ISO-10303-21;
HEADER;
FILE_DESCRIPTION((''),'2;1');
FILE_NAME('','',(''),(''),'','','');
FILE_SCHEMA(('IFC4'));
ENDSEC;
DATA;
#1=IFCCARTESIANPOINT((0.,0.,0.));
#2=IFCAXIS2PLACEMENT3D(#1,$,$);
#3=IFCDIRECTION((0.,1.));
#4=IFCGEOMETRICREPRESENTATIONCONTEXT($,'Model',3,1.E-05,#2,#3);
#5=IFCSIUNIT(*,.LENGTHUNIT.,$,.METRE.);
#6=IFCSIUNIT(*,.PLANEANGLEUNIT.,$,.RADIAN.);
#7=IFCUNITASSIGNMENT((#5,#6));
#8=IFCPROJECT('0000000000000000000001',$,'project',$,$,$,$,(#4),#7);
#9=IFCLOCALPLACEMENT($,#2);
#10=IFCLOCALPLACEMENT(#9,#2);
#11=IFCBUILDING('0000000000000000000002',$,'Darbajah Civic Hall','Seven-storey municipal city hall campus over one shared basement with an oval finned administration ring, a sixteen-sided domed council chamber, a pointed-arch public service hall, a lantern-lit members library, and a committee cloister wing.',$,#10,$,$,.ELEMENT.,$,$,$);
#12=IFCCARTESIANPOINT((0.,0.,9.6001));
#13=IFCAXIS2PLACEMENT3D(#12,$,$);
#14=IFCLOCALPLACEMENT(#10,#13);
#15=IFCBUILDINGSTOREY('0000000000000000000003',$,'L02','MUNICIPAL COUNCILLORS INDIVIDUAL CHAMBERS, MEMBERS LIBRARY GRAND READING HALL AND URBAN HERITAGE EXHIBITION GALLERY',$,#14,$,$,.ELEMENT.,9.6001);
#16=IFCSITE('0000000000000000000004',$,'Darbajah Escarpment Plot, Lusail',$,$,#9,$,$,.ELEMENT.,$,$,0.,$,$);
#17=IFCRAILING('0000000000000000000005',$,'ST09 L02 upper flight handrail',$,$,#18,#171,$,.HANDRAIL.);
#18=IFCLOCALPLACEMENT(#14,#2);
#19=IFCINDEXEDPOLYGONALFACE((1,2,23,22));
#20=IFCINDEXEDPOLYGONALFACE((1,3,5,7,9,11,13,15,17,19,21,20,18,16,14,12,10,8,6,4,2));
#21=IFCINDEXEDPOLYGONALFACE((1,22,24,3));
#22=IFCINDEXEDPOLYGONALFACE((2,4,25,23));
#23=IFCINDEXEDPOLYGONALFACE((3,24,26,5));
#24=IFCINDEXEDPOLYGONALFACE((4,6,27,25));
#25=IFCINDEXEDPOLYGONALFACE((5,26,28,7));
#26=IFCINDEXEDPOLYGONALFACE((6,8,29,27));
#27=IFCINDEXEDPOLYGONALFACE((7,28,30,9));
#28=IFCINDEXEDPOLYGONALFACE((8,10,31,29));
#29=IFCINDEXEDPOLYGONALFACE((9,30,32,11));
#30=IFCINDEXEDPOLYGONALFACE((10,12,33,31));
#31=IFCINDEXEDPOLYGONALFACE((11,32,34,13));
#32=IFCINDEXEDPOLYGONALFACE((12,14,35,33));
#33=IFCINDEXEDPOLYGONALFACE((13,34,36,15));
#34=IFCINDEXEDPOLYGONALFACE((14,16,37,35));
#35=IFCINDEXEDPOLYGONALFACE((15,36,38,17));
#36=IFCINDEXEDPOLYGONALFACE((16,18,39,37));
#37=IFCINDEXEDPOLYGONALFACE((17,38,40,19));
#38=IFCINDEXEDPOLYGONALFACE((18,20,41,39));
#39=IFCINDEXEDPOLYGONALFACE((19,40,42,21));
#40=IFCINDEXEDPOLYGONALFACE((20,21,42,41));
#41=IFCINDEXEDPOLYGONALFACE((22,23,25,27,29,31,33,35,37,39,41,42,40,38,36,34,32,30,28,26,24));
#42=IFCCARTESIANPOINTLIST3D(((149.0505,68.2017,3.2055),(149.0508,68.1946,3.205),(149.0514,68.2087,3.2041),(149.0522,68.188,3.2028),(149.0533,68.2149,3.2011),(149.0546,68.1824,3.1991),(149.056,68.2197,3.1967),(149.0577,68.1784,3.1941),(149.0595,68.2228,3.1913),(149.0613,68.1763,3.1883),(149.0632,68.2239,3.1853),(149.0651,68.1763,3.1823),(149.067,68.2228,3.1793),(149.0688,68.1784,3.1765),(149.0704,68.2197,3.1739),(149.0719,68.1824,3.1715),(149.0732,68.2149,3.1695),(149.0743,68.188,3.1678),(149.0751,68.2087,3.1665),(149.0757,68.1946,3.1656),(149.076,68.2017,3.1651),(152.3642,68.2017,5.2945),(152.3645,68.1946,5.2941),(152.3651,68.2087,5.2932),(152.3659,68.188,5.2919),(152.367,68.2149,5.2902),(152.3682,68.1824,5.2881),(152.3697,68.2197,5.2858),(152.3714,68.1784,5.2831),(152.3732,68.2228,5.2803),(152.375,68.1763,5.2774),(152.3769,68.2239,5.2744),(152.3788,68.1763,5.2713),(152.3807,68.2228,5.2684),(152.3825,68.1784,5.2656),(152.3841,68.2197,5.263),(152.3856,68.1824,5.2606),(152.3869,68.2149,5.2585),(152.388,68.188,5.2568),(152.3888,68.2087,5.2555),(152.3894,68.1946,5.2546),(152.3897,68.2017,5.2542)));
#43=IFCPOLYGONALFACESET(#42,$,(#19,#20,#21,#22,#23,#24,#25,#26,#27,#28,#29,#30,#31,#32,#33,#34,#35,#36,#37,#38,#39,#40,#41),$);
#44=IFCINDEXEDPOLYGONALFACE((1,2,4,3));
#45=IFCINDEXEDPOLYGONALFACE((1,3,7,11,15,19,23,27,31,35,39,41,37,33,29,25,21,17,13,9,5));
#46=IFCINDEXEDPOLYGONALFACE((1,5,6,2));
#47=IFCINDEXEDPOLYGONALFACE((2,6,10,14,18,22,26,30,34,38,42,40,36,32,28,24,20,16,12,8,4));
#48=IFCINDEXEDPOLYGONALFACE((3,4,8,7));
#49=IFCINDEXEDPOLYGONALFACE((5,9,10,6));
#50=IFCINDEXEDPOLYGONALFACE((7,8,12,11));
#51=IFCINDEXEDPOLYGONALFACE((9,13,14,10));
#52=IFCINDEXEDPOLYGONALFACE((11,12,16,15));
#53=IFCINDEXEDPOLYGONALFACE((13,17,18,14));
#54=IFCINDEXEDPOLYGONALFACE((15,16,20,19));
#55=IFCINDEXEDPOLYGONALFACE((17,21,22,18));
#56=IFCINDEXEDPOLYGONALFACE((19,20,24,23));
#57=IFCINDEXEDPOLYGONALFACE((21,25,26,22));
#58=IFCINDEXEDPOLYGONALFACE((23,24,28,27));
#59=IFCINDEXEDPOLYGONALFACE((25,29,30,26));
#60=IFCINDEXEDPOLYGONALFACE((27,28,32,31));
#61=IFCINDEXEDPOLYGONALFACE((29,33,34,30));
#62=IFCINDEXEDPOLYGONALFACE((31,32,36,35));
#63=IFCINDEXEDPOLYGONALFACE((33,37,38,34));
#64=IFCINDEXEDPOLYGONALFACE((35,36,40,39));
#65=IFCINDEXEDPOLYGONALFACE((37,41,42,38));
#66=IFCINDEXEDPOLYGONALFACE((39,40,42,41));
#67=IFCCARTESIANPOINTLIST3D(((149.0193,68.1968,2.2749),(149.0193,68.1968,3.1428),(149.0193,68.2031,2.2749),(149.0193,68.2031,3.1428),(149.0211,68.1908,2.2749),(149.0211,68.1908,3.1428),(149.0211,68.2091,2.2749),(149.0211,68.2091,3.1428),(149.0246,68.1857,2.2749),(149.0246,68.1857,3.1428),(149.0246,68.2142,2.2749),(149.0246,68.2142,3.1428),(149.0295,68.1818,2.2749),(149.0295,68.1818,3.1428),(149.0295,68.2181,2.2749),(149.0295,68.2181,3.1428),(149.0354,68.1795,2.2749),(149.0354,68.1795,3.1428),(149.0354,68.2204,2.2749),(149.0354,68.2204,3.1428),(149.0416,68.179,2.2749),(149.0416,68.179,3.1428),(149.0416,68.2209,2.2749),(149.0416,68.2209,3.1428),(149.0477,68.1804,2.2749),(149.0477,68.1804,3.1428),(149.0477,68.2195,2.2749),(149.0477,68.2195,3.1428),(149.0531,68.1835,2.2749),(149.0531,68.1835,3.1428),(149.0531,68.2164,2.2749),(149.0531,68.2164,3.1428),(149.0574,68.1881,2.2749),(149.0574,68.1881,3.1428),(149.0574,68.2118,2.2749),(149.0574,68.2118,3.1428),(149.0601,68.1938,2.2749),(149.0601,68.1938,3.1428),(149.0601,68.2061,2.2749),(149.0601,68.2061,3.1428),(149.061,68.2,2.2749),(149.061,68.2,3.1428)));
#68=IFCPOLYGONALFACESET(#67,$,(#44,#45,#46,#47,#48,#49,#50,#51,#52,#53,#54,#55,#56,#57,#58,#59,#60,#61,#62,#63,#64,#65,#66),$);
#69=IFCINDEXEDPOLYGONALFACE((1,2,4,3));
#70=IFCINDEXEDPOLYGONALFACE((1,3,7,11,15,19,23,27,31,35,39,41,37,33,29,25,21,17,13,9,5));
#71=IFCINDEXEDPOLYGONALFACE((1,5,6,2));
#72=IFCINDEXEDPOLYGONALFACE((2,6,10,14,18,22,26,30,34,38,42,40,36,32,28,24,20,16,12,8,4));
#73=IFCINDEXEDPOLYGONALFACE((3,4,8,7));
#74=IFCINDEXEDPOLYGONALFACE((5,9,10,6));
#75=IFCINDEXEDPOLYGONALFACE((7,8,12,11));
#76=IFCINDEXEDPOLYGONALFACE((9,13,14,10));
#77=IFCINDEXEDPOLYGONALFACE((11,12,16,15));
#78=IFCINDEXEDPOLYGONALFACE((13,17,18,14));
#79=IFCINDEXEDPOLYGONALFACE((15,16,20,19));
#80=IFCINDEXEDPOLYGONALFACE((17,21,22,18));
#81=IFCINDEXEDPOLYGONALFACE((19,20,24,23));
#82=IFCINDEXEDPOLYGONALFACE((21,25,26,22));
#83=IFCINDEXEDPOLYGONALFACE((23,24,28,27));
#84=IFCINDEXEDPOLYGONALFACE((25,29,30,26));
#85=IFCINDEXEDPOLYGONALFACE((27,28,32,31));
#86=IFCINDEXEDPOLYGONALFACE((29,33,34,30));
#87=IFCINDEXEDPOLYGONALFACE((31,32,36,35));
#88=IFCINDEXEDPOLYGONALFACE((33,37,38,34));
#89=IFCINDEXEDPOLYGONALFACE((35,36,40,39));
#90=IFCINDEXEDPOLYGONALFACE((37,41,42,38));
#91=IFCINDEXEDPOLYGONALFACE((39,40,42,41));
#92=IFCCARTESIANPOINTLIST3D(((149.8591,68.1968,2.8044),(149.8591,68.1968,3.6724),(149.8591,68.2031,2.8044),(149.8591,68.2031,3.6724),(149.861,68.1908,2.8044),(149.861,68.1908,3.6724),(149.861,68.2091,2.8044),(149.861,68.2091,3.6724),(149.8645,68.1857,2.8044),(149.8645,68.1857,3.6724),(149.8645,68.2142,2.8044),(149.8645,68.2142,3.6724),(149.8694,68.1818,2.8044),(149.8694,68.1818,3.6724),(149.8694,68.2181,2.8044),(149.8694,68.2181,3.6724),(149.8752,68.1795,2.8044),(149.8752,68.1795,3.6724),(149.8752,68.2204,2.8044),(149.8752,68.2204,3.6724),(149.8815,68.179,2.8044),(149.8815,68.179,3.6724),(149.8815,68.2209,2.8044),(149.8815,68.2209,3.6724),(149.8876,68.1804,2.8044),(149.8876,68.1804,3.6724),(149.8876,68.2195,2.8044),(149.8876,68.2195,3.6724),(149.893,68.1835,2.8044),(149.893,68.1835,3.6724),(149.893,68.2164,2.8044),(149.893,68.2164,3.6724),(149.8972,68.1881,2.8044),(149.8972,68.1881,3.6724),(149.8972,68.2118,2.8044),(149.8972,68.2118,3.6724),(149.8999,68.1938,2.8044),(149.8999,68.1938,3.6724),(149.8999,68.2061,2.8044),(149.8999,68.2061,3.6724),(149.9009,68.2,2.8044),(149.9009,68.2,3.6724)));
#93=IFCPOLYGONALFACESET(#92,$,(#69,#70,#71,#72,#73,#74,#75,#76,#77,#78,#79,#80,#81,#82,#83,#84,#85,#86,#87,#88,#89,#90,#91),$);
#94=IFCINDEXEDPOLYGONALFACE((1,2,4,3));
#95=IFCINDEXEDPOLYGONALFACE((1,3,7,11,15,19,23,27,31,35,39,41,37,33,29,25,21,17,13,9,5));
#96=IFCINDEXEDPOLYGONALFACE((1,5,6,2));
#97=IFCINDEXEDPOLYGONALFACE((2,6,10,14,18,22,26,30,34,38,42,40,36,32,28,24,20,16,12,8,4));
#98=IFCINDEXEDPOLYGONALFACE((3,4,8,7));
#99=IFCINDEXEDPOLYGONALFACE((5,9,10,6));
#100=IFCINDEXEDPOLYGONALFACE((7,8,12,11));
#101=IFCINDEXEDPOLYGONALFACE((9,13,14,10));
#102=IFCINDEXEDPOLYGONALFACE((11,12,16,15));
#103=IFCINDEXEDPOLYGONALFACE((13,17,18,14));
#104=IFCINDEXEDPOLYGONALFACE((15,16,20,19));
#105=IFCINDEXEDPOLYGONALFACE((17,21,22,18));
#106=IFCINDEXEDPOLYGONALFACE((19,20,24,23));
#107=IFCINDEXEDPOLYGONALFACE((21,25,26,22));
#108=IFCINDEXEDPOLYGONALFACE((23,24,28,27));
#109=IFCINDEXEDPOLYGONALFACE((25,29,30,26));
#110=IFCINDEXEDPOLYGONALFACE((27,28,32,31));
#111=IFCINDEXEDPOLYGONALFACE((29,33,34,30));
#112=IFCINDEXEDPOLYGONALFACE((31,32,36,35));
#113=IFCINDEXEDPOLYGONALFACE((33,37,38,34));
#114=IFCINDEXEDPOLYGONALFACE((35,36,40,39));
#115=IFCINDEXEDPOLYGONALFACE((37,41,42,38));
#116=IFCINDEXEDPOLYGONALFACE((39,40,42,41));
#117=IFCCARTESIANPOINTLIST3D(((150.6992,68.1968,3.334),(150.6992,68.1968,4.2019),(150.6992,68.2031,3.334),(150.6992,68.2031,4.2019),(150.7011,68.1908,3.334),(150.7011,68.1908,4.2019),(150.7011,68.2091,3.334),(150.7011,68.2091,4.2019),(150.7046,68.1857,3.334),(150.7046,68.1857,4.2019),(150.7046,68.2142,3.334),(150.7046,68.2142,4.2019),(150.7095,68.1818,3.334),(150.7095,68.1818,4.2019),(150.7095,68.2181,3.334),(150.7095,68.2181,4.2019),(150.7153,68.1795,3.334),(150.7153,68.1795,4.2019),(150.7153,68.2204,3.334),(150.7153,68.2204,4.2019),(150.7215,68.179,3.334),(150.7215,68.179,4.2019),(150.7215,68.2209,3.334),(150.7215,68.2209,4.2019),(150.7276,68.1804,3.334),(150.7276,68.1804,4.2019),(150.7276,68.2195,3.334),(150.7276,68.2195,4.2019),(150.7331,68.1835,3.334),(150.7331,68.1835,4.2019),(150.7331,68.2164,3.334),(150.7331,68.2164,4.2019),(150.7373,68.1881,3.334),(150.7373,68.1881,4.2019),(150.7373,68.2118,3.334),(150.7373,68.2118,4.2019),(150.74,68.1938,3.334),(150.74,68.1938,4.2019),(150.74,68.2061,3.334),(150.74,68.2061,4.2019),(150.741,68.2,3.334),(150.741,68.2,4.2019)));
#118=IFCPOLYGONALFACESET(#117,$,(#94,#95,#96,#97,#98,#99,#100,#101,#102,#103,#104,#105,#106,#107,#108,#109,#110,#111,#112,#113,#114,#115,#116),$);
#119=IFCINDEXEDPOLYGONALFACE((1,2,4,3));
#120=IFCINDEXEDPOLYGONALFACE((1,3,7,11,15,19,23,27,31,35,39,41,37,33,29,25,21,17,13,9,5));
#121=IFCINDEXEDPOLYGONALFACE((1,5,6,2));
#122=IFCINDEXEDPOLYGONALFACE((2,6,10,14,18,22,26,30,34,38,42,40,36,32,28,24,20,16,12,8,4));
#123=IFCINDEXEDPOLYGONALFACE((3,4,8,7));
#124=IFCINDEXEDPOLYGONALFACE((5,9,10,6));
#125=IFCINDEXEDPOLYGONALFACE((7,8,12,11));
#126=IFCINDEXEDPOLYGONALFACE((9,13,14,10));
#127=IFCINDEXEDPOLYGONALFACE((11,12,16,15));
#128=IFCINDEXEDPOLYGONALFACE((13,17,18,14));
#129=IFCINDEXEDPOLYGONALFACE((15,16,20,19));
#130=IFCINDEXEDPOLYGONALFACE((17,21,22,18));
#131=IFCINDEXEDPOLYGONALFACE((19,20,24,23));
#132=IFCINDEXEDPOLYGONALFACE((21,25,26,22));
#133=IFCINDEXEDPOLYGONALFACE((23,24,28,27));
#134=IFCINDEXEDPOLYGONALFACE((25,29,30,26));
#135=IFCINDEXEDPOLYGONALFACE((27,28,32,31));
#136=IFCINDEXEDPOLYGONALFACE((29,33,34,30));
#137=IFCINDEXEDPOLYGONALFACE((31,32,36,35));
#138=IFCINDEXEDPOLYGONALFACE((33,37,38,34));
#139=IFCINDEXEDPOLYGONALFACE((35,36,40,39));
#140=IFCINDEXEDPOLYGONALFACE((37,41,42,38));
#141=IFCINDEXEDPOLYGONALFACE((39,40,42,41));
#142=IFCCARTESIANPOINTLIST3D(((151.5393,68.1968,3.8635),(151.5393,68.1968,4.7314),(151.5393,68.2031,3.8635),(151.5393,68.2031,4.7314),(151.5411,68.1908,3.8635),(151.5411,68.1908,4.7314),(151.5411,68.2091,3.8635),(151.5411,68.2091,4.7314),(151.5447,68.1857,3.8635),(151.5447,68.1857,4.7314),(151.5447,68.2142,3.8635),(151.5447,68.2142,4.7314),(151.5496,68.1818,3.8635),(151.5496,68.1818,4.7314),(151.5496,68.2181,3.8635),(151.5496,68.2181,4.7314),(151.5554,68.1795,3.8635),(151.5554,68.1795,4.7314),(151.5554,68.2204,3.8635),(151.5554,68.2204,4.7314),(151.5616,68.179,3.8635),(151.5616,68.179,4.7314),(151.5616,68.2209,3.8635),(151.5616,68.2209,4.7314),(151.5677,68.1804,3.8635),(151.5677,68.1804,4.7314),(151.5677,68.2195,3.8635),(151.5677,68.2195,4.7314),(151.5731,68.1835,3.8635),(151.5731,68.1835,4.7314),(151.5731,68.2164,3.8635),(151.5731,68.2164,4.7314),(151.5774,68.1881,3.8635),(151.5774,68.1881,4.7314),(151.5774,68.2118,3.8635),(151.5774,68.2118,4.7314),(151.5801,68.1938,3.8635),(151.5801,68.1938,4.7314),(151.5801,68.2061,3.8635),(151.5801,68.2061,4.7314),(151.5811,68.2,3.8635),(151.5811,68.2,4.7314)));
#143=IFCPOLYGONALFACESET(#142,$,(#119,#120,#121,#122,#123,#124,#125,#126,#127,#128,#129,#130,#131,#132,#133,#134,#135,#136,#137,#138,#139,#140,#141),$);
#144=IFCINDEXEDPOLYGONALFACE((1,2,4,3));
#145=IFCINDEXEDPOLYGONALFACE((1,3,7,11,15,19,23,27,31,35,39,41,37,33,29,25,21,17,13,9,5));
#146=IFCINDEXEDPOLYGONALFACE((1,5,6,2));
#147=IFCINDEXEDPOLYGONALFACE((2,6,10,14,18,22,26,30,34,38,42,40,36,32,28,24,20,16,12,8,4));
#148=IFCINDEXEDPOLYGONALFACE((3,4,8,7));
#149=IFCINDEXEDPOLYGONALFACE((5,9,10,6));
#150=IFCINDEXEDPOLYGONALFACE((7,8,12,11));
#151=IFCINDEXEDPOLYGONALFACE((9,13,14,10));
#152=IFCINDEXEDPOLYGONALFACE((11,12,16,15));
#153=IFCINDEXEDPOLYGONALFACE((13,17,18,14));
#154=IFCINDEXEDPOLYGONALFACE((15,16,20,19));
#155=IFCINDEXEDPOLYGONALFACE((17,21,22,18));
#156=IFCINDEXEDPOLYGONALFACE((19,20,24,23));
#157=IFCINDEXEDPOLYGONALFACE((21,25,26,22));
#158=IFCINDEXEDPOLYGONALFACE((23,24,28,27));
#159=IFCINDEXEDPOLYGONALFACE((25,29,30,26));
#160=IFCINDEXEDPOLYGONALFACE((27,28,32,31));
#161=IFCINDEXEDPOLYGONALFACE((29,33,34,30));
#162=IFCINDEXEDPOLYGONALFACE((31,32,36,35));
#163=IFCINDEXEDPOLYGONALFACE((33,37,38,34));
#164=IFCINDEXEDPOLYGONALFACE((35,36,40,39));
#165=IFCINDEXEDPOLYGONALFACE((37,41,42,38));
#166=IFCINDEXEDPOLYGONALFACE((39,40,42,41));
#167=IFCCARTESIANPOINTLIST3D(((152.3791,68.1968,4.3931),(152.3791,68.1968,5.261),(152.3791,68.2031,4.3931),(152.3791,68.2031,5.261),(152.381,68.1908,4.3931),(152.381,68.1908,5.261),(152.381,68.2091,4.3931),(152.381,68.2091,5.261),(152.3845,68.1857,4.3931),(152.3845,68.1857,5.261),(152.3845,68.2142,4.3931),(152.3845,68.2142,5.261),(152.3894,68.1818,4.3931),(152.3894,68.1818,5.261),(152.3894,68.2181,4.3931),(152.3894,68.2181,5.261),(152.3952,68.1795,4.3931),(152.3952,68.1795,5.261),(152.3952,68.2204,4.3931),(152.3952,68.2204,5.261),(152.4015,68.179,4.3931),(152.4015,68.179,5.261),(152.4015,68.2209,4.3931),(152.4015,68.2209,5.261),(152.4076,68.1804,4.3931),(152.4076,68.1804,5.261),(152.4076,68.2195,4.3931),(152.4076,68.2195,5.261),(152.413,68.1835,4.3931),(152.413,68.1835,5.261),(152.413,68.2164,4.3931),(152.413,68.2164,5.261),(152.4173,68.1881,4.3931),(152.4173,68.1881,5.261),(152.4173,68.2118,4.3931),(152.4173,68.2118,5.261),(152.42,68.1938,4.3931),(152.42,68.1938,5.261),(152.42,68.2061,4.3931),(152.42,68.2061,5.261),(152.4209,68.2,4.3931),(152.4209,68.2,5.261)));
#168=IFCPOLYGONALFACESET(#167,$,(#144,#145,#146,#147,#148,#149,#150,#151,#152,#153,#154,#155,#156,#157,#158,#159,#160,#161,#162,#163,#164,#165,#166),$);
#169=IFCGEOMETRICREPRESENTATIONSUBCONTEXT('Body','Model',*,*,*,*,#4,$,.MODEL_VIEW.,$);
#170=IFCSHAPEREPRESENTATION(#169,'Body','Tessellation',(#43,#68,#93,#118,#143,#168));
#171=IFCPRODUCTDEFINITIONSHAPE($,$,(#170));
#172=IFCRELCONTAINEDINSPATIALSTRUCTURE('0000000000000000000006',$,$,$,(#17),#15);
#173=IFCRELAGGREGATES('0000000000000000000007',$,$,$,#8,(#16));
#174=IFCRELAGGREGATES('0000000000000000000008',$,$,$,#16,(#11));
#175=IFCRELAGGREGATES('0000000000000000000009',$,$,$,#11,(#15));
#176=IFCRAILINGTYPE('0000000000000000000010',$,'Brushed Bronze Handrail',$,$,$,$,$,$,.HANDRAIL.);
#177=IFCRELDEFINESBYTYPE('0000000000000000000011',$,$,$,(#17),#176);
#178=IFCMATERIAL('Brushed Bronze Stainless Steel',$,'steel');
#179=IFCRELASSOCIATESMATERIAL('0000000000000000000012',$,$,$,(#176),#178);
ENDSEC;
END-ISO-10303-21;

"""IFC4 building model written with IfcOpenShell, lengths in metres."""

from ifc_helpers import new_model, si_unit, direction, frame, origin, origin_2d, place, context, subcontext, project, spatial, circle, extrude, material, type_object, element, save


model = new_model("IFC4")

# Units and contexts
model_context = context("Model", 3, precision=1e-05, world=origin(), true_north=direction((0.0, 1.0)))
body_context = subcontext(model_context, "Body", "Model", "MODEL_VIEW")
ifc_project = project(units=[si_unit("LENGTHUNIT", "METRE"), si_unit("PLANEANGLEUNIT", "RADIAN")], contexts=[model_context])

# Site, building, storey
site_placement = place(None, origin())
site = spatial("IfcSite", under=ifc_project, at=site_placement, Name="Darbajah Escarpment Plot, Lusail", CompositionType="ELEMENT", RefElevation=0.0)
building_placement = place(site_placement, origin())
building = spatial("IfcBuilding", under=site, at=building_placement, Name="Darbajah Civic Hall", Description="Seven-storey municipal city hall campus over one shared basement with an oval finned administration ring, a sixteen-sided domed council chamber, a pointed-arch public service hall, a lantern-lit members library, and a committee cloister wing.", CompositionType="ELEMENT")
storey_placement = place(building_placement, frame((0.0, 0.0, 9.6001)))
storey = spatial("IfcBuildingStorey", under=building, at=storey_placement, Name="L02", Description="MUNICIPAL COUNCILLORS INDIVIDUAL CHAMBERS, MEMBERS LIBRARY GRAND READING HALL AND URBAN HERITAGE EXHIBITION GALLERY", CompositionType="ELEMENT", Elevation=9.6001)

# Railing
ifc_material_1 = material(Name="Brushed Bronze Stainless Steel", Category="steel")
railing_type_1 = type_object("IfcRailingType", Name="Brushed Bronze Handrail", PredefinedType="HANDRAIL", material=ifc_material_1)
railing_1_placement = place(storey_placement, frame((149.04, 68.2, 2.2749)))
element("IfcRailing", 1, at=railing_1_placement, inside=storey, type_object=railing_type_1, Name="ST09 L02 upper flight handrail", PredefinedType="HANDRAIL", context=body_context, shape_type="SweptSolid", body=[
    extrude(circle(Radius=0.0239, at=origin_2d()), frame((0.0232, 0.0, 0.9104), z_axis=(0.845927, 0.0, 0.533299), x_axis=(0.0, 1.0, 0.0)), (0.0, 0.0, 1.0), 3.9172),
    extrude(circle(Radius=0.021, at=origin_2d()), origin(), (0.0, 0.0, 1.0), 0.8679),
    extrude(circle(Radius=0.021, at=origin_2d()), frame((0.8398, 0.0, 0.5295)), (0.0, 0.0, 1.0), 0.8679),
    extrude(circle(Radius=0.021, at=origin_2d()), frame((1.6799, 0.0, 1.0591)), (0.0, 0.0, 1.0), 0.8679),
    extrude(circle(Radius=0.021, at=origin_2d()), frame((2.52, 0.0, 1.5886)), (0.0, 0.0, 1.0), 0.8679),
    extrude(circle(Radius=0.021, at=origin_2d()), frame((3.3599, 0.0, 2.1182)), (0.0, 0.0, 1.0), 0.8679),
])

save(model, "model.ifc")
